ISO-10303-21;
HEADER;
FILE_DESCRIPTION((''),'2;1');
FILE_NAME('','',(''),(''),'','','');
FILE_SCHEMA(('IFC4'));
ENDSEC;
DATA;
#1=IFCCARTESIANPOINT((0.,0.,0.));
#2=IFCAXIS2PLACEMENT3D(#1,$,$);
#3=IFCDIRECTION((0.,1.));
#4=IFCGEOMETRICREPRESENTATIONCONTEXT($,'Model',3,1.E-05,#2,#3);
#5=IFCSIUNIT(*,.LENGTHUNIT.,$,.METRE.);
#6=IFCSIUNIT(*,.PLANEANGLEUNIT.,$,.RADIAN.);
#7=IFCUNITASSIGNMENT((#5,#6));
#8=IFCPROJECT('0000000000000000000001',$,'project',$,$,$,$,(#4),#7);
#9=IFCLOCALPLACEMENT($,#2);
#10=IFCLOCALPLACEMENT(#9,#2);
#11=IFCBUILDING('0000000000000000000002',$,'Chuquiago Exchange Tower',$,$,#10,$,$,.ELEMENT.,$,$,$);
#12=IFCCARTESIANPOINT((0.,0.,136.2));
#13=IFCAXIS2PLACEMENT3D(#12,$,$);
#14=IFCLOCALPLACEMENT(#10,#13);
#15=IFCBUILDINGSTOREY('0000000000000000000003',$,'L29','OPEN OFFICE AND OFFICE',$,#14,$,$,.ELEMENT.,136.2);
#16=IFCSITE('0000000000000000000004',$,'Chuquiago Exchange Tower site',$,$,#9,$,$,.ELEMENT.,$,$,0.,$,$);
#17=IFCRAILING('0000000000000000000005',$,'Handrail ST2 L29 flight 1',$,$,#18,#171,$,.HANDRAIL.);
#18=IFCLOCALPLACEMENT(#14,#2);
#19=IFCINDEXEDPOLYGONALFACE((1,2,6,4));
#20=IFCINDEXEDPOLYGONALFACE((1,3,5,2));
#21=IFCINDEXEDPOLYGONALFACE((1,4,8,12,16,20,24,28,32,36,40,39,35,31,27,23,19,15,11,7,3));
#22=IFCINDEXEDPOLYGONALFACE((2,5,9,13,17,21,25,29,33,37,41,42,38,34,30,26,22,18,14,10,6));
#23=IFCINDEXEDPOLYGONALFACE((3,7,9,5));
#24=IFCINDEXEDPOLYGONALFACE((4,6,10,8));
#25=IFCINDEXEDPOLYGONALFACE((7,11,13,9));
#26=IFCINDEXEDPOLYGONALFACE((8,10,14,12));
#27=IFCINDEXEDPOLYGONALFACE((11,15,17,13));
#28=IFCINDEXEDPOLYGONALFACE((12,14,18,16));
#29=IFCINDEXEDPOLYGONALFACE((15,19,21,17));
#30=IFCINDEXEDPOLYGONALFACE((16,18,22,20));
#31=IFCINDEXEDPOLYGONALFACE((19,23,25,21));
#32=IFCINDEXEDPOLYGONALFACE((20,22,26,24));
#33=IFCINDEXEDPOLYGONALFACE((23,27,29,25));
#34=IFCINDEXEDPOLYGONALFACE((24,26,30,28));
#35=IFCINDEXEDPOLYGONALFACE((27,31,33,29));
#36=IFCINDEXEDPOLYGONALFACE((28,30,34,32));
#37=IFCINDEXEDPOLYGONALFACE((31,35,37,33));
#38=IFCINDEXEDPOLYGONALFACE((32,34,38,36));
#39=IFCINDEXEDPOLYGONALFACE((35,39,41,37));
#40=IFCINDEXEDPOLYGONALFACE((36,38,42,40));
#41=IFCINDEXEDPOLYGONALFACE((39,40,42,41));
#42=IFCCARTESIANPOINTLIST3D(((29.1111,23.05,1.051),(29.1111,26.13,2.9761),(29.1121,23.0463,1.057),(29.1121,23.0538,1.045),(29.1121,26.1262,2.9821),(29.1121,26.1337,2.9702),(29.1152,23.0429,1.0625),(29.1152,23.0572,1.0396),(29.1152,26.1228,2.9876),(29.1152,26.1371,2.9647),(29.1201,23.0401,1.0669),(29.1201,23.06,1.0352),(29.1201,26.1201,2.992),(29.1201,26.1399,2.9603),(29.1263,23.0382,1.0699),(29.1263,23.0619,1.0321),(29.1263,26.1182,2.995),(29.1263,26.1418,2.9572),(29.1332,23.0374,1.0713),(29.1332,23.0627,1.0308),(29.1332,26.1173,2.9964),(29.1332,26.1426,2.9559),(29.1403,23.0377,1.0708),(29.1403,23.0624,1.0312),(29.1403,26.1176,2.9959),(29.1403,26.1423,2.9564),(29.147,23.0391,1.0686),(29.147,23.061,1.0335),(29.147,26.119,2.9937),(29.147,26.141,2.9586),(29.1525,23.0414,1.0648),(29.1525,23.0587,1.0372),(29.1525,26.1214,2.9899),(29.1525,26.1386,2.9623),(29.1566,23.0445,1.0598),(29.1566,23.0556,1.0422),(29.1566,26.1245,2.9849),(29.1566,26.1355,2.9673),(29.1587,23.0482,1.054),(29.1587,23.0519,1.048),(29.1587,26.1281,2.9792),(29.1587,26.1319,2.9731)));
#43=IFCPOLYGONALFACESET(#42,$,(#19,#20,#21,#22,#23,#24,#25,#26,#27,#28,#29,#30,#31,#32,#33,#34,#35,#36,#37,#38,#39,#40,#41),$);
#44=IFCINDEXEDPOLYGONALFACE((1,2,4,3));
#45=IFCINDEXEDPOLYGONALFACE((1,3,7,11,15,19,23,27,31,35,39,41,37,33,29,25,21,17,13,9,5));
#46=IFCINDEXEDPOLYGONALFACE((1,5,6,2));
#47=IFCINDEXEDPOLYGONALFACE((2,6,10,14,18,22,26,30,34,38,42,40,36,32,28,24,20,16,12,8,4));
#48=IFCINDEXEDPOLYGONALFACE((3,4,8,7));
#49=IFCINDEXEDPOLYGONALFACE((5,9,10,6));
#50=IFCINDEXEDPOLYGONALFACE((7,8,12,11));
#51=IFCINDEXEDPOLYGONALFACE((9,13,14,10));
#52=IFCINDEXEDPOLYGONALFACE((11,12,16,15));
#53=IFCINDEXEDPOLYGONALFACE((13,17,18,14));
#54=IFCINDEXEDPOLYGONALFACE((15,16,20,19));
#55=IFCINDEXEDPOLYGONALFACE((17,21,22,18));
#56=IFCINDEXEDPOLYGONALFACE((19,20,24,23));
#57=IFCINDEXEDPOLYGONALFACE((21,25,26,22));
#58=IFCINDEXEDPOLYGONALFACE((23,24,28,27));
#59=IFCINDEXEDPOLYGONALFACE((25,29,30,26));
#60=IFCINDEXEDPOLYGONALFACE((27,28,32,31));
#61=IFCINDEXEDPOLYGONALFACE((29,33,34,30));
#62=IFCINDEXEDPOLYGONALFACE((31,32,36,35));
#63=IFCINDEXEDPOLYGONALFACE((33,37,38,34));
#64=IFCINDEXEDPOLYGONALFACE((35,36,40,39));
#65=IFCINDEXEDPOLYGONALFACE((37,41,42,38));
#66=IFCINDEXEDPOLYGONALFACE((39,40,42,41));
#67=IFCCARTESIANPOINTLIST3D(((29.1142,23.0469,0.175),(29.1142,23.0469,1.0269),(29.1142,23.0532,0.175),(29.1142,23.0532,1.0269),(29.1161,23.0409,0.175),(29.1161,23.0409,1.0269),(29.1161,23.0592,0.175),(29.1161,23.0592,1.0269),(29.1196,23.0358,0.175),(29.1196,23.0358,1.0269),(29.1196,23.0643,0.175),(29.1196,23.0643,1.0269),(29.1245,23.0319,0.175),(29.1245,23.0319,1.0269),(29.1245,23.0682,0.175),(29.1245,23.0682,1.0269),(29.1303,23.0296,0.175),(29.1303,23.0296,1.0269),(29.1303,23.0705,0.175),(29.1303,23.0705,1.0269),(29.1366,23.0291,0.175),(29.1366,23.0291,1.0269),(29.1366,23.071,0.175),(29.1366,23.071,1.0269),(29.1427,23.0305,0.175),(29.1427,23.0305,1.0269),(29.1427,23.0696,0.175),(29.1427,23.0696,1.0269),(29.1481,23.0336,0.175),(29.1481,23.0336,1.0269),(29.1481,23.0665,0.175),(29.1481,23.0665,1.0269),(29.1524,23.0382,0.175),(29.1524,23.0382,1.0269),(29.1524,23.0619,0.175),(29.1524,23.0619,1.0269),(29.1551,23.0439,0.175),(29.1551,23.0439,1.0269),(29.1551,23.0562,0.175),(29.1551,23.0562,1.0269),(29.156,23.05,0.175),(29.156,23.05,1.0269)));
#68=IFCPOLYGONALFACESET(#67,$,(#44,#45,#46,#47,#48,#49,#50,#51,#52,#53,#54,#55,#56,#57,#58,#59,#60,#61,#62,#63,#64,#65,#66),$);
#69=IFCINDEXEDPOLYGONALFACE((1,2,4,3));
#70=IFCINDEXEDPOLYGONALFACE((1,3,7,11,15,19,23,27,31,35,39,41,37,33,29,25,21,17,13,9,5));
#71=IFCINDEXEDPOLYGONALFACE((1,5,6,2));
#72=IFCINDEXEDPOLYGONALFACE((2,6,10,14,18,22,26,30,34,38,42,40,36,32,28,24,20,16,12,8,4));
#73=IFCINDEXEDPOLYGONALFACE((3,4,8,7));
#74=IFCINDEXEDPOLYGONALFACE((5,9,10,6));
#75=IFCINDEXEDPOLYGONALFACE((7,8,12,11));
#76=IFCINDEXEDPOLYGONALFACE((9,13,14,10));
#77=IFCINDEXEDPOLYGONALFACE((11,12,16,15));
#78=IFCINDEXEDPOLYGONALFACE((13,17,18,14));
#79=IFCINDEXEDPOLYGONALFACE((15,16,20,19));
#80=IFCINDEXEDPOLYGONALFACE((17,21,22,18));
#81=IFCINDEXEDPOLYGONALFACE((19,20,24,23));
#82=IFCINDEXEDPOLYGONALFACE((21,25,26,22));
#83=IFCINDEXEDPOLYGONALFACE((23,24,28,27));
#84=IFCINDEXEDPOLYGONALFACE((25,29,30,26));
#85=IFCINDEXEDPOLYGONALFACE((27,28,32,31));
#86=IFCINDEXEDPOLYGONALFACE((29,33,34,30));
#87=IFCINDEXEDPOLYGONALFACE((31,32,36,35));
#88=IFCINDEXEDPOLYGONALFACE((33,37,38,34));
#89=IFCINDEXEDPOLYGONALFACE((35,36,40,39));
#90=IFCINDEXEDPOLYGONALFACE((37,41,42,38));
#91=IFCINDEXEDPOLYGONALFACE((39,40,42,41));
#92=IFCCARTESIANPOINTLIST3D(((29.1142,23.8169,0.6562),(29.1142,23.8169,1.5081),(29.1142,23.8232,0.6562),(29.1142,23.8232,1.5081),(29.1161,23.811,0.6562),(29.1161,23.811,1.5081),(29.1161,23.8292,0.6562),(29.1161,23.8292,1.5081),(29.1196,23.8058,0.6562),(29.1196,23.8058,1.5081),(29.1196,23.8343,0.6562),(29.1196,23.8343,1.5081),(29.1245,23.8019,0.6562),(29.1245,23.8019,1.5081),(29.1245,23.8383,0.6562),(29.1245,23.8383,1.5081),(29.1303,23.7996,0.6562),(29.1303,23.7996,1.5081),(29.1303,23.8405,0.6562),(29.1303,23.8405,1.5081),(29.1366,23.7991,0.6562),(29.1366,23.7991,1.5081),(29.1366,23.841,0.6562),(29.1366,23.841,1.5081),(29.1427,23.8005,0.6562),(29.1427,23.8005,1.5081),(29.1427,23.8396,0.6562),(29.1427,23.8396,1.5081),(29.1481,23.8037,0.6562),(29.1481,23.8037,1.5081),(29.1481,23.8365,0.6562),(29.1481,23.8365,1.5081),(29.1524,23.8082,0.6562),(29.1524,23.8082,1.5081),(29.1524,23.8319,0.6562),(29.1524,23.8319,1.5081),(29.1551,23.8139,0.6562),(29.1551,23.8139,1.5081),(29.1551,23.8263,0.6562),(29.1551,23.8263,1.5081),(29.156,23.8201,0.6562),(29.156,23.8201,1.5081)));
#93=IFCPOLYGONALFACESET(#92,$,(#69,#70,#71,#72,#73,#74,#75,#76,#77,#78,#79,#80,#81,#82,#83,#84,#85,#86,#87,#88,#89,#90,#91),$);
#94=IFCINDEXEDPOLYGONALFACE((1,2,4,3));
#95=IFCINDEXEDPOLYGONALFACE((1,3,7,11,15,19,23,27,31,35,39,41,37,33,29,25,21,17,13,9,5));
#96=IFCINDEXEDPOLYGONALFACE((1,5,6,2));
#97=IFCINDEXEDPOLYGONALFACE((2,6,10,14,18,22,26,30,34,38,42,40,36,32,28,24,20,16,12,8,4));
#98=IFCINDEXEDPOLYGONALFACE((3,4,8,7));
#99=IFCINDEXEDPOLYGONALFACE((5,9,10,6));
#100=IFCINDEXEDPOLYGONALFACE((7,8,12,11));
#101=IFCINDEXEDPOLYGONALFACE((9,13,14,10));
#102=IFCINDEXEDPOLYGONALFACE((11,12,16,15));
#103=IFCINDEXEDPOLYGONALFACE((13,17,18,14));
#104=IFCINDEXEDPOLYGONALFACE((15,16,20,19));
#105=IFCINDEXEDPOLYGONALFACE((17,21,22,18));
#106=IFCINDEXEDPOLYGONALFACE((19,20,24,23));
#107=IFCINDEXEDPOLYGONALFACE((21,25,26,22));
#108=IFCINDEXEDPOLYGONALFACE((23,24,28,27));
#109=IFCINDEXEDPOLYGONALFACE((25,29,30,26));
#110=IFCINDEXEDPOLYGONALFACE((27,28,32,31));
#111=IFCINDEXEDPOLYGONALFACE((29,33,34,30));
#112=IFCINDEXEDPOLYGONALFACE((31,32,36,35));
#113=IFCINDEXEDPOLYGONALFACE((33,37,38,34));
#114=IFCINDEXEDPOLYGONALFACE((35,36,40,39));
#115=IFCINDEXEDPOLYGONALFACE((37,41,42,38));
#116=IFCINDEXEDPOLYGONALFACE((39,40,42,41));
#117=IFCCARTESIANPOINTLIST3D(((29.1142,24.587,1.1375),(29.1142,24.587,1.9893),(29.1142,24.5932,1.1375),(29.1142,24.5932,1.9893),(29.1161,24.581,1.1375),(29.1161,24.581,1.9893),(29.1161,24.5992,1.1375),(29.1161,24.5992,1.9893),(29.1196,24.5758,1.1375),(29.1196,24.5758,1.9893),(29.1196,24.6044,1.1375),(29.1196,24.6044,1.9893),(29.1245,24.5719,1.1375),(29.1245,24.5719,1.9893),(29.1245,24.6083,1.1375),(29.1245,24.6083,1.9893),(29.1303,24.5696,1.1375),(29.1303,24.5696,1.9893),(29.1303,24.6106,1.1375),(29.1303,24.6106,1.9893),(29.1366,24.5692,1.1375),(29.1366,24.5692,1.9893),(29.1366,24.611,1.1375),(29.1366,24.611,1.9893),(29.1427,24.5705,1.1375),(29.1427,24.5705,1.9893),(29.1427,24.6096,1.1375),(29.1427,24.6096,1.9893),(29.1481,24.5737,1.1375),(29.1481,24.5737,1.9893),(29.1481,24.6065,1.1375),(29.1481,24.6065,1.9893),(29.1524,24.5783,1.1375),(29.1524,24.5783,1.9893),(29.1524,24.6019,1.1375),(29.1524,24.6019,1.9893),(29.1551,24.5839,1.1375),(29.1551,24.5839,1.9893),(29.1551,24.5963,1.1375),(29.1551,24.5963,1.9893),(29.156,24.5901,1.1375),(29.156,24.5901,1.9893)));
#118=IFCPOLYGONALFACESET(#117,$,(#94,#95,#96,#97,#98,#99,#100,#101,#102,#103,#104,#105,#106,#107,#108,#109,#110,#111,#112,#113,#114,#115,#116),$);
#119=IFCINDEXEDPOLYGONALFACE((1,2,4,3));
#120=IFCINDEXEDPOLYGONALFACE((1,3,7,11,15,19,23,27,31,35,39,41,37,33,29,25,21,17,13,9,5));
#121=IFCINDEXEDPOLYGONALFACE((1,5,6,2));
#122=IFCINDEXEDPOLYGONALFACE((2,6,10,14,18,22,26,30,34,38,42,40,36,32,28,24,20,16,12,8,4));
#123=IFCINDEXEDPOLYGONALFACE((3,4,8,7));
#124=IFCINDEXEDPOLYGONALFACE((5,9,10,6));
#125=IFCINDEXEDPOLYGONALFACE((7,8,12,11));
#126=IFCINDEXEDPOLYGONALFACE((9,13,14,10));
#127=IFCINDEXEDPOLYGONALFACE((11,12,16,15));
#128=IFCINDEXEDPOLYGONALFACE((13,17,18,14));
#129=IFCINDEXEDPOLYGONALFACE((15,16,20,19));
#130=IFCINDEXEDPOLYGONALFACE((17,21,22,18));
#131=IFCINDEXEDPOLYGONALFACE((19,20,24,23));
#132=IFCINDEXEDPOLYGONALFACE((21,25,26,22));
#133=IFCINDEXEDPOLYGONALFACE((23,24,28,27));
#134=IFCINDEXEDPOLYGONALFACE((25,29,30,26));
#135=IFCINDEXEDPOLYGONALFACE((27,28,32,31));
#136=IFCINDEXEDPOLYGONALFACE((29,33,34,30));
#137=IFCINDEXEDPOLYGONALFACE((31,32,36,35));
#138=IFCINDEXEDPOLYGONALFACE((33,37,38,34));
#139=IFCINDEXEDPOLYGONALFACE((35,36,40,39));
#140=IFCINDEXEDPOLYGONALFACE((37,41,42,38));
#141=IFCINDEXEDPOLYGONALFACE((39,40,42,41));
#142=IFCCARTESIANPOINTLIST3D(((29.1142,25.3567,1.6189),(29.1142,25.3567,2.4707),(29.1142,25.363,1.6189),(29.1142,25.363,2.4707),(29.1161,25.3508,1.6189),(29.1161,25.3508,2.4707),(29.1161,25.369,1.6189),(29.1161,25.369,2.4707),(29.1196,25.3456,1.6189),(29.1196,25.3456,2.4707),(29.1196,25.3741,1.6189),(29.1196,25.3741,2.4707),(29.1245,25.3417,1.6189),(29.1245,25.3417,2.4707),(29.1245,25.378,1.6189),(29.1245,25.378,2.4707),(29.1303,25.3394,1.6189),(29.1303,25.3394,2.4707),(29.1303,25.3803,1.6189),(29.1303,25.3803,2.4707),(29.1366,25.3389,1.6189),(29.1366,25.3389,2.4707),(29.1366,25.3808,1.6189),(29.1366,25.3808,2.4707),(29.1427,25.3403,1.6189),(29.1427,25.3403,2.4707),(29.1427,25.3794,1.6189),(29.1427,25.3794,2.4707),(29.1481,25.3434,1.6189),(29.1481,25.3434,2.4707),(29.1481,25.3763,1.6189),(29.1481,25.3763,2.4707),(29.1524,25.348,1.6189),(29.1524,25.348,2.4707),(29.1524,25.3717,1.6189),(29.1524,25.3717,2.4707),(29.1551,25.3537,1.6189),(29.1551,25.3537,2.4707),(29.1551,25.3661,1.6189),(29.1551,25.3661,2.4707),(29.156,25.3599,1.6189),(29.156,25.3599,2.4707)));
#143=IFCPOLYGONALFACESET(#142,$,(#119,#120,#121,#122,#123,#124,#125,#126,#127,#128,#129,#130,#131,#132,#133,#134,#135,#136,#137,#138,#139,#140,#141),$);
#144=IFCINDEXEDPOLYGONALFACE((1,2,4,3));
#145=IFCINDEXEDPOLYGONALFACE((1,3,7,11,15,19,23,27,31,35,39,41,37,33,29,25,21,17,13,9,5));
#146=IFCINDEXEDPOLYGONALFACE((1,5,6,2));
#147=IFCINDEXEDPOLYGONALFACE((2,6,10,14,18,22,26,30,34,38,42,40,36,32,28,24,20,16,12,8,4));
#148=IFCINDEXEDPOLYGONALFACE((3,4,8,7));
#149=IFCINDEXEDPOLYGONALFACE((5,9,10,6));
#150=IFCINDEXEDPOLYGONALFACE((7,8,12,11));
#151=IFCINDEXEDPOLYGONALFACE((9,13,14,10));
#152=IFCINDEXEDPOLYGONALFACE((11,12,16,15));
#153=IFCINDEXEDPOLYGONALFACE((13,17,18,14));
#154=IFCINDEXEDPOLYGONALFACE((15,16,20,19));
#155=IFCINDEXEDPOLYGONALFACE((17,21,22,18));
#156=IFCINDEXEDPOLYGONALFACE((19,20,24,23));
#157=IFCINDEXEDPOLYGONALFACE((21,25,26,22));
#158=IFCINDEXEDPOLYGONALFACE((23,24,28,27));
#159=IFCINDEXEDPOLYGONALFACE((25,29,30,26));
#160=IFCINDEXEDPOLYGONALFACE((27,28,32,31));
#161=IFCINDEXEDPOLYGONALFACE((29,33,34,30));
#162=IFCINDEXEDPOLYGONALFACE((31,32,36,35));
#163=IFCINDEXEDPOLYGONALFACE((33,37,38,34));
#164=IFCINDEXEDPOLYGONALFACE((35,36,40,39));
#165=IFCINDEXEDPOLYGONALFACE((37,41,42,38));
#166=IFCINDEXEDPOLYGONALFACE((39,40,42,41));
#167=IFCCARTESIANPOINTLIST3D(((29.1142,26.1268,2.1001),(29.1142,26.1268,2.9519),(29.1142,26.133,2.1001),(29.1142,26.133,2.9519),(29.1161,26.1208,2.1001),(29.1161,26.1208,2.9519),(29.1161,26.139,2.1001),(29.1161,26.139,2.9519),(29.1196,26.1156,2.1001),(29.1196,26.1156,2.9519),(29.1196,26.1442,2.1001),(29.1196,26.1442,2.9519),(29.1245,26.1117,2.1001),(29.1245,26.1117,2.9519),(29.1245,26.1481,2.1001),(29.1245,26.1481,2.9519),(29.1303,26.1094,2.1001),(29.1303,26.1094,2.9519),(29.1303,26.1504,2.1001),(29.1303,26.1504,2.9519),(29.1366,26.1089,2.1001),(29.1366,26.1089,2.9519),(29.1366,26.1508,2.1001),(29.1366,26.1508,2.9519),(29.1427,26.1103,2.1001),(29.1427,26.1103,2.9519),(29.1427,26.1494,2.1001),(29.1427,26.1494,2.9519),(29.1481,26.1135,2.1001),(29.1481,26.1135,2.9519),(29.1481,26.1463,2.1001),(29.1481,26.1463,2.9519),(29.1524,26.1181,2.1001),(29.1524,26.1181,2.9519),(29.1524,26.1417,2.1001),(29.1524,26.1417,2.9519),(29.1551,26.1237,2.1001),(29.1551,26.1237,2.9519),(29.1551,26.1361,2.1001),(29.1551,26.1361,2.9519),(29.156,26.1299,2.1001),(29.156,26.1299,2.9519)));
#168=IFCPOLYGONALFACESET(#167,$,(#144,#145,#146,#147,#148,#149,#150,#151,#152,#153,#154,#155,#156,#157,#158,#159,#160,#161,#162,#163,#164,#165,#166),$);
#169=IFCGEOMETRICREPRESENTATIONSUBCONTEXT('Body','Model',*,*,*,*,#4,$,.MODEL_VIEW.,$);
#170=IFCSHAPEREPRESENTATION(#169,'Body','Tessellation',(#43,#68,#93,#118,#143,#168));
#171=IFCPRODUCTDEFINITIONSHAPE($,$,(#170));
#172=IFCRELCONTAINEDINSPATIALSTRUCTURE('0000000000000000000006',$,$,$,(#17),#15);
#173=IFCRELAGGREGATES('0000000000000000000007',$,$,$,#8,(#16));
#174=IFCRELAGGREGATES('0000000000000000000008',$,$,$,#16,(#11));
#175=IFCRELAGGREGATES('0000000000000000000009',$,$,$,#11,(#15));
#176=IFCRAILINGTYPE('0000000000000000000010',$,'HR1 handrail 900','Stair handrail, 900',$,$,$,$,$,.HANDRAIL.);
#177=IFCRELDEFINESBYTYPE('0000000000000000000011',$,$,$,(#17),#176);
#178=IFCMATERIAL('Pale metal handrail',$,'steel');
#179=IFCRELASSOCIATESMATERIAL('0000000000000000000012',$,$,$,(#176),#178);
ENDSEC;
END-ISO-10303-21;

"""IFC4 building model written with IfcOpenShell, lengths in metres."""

from ifc_helpers import new_model, si_unit, direction, frame, origin, origin_2d, place, context, subcontext, project, spatial, circle, extrude, material, type_object, element, save


model = new_model("IFC4")

# Units and contexts
model_context = context("Model", 3, precision=1e-05, world=origin(), true_north=direction((0.0, 1.0)))
body_context = subcontext(model_context, "Body", "Model", "MODEL_VIEW")
ifc_project = project(units=[si_unit("LENGTHUNIT", "METRE"), si_unit("PLANEANGLEUNIT", "RADIAN")], contexts=[model_context])

# Site, building, storey
site_placement = place(None, origin())
site = spatial("IfcSite", under=ifc_project, at=site_placement, Name="Chuquiago Exchange Tower site", CompositionType="ELEMENT", RefElevation=0.0)
building_placement = place(site_placement, origin())
building = spatial("IfcBuilding", under=site, at=building_placement, Name="Chuquiago Exchange Tower", CompositionType="ELEMENT")
storey_placement = place(building_placement, frame((0.0, 0.0, 136.2)))
storey = spatial("IfcBuildingStorey", under=building, at=storey_placement, Name="L29", Description="OPEN OFFICE AND OFFICE", CompositionType="ELEMENT", Elevation=136.2)

# Railing
ifc_material_1 = material(Name="Pale metal handrail", Category="steel")
railing_type_1 = type_object("IfcRailingType", Name="HR1 handrail 900", Description="Stair handrail, 900", PredefinedType="HANDRAIL", material=ifc_material_1)
railing_1_placement = place(storey_placement, frame((29.135, 23.05, 0.175)))
element("IfcRailing", 1, at=railing_1_placement, inside=storey, type_object=railing_type_1, Name="Handrail ST2 L29 flight 1", PredefinedType="HANDRAIL", context=body_context, shape_type="SweptSolid", body=[
    extrude(circle(Radius=0.0239, at=origin_2d()), frame((0.0, 0.0, 0.876), z_axis=(0.0, 0.847979, 0.530029), x_axis=(-1.0, 0.0, 0.0)), (0.0, 0.0, 1.0), 3.6321),
    extrude(circle(Radius=0.021, at=origin_2d()), origin(), (0.0, 0.0, 1.0), 0.8518),
    extrude(circle(Radius=0.021, at=origin_2d()), frame((0.0, 0.77, 0.4812)), (0.0, 0.0, 1.0), 0.8518),
    extrude(circle(Radius=0.021, at=origin_2d()), frame((0.0, 1.54, 0.9624)), (0.0, 0.0, 1.0), 0.8518),
    extrude(circle(Radius=0.021, at=origin_2d()), frame((0.0, 2.3098, 1.4438)), (0.0, 0.0, 1.0), 0.8518),
    extrude(circle(Radius=0.021, at=origin_2d()), frame((0.0, 3.0798, 1.925)), (0.0, 0.0, 1.0), 0.8518),
])

save(model, "model.ifc")
